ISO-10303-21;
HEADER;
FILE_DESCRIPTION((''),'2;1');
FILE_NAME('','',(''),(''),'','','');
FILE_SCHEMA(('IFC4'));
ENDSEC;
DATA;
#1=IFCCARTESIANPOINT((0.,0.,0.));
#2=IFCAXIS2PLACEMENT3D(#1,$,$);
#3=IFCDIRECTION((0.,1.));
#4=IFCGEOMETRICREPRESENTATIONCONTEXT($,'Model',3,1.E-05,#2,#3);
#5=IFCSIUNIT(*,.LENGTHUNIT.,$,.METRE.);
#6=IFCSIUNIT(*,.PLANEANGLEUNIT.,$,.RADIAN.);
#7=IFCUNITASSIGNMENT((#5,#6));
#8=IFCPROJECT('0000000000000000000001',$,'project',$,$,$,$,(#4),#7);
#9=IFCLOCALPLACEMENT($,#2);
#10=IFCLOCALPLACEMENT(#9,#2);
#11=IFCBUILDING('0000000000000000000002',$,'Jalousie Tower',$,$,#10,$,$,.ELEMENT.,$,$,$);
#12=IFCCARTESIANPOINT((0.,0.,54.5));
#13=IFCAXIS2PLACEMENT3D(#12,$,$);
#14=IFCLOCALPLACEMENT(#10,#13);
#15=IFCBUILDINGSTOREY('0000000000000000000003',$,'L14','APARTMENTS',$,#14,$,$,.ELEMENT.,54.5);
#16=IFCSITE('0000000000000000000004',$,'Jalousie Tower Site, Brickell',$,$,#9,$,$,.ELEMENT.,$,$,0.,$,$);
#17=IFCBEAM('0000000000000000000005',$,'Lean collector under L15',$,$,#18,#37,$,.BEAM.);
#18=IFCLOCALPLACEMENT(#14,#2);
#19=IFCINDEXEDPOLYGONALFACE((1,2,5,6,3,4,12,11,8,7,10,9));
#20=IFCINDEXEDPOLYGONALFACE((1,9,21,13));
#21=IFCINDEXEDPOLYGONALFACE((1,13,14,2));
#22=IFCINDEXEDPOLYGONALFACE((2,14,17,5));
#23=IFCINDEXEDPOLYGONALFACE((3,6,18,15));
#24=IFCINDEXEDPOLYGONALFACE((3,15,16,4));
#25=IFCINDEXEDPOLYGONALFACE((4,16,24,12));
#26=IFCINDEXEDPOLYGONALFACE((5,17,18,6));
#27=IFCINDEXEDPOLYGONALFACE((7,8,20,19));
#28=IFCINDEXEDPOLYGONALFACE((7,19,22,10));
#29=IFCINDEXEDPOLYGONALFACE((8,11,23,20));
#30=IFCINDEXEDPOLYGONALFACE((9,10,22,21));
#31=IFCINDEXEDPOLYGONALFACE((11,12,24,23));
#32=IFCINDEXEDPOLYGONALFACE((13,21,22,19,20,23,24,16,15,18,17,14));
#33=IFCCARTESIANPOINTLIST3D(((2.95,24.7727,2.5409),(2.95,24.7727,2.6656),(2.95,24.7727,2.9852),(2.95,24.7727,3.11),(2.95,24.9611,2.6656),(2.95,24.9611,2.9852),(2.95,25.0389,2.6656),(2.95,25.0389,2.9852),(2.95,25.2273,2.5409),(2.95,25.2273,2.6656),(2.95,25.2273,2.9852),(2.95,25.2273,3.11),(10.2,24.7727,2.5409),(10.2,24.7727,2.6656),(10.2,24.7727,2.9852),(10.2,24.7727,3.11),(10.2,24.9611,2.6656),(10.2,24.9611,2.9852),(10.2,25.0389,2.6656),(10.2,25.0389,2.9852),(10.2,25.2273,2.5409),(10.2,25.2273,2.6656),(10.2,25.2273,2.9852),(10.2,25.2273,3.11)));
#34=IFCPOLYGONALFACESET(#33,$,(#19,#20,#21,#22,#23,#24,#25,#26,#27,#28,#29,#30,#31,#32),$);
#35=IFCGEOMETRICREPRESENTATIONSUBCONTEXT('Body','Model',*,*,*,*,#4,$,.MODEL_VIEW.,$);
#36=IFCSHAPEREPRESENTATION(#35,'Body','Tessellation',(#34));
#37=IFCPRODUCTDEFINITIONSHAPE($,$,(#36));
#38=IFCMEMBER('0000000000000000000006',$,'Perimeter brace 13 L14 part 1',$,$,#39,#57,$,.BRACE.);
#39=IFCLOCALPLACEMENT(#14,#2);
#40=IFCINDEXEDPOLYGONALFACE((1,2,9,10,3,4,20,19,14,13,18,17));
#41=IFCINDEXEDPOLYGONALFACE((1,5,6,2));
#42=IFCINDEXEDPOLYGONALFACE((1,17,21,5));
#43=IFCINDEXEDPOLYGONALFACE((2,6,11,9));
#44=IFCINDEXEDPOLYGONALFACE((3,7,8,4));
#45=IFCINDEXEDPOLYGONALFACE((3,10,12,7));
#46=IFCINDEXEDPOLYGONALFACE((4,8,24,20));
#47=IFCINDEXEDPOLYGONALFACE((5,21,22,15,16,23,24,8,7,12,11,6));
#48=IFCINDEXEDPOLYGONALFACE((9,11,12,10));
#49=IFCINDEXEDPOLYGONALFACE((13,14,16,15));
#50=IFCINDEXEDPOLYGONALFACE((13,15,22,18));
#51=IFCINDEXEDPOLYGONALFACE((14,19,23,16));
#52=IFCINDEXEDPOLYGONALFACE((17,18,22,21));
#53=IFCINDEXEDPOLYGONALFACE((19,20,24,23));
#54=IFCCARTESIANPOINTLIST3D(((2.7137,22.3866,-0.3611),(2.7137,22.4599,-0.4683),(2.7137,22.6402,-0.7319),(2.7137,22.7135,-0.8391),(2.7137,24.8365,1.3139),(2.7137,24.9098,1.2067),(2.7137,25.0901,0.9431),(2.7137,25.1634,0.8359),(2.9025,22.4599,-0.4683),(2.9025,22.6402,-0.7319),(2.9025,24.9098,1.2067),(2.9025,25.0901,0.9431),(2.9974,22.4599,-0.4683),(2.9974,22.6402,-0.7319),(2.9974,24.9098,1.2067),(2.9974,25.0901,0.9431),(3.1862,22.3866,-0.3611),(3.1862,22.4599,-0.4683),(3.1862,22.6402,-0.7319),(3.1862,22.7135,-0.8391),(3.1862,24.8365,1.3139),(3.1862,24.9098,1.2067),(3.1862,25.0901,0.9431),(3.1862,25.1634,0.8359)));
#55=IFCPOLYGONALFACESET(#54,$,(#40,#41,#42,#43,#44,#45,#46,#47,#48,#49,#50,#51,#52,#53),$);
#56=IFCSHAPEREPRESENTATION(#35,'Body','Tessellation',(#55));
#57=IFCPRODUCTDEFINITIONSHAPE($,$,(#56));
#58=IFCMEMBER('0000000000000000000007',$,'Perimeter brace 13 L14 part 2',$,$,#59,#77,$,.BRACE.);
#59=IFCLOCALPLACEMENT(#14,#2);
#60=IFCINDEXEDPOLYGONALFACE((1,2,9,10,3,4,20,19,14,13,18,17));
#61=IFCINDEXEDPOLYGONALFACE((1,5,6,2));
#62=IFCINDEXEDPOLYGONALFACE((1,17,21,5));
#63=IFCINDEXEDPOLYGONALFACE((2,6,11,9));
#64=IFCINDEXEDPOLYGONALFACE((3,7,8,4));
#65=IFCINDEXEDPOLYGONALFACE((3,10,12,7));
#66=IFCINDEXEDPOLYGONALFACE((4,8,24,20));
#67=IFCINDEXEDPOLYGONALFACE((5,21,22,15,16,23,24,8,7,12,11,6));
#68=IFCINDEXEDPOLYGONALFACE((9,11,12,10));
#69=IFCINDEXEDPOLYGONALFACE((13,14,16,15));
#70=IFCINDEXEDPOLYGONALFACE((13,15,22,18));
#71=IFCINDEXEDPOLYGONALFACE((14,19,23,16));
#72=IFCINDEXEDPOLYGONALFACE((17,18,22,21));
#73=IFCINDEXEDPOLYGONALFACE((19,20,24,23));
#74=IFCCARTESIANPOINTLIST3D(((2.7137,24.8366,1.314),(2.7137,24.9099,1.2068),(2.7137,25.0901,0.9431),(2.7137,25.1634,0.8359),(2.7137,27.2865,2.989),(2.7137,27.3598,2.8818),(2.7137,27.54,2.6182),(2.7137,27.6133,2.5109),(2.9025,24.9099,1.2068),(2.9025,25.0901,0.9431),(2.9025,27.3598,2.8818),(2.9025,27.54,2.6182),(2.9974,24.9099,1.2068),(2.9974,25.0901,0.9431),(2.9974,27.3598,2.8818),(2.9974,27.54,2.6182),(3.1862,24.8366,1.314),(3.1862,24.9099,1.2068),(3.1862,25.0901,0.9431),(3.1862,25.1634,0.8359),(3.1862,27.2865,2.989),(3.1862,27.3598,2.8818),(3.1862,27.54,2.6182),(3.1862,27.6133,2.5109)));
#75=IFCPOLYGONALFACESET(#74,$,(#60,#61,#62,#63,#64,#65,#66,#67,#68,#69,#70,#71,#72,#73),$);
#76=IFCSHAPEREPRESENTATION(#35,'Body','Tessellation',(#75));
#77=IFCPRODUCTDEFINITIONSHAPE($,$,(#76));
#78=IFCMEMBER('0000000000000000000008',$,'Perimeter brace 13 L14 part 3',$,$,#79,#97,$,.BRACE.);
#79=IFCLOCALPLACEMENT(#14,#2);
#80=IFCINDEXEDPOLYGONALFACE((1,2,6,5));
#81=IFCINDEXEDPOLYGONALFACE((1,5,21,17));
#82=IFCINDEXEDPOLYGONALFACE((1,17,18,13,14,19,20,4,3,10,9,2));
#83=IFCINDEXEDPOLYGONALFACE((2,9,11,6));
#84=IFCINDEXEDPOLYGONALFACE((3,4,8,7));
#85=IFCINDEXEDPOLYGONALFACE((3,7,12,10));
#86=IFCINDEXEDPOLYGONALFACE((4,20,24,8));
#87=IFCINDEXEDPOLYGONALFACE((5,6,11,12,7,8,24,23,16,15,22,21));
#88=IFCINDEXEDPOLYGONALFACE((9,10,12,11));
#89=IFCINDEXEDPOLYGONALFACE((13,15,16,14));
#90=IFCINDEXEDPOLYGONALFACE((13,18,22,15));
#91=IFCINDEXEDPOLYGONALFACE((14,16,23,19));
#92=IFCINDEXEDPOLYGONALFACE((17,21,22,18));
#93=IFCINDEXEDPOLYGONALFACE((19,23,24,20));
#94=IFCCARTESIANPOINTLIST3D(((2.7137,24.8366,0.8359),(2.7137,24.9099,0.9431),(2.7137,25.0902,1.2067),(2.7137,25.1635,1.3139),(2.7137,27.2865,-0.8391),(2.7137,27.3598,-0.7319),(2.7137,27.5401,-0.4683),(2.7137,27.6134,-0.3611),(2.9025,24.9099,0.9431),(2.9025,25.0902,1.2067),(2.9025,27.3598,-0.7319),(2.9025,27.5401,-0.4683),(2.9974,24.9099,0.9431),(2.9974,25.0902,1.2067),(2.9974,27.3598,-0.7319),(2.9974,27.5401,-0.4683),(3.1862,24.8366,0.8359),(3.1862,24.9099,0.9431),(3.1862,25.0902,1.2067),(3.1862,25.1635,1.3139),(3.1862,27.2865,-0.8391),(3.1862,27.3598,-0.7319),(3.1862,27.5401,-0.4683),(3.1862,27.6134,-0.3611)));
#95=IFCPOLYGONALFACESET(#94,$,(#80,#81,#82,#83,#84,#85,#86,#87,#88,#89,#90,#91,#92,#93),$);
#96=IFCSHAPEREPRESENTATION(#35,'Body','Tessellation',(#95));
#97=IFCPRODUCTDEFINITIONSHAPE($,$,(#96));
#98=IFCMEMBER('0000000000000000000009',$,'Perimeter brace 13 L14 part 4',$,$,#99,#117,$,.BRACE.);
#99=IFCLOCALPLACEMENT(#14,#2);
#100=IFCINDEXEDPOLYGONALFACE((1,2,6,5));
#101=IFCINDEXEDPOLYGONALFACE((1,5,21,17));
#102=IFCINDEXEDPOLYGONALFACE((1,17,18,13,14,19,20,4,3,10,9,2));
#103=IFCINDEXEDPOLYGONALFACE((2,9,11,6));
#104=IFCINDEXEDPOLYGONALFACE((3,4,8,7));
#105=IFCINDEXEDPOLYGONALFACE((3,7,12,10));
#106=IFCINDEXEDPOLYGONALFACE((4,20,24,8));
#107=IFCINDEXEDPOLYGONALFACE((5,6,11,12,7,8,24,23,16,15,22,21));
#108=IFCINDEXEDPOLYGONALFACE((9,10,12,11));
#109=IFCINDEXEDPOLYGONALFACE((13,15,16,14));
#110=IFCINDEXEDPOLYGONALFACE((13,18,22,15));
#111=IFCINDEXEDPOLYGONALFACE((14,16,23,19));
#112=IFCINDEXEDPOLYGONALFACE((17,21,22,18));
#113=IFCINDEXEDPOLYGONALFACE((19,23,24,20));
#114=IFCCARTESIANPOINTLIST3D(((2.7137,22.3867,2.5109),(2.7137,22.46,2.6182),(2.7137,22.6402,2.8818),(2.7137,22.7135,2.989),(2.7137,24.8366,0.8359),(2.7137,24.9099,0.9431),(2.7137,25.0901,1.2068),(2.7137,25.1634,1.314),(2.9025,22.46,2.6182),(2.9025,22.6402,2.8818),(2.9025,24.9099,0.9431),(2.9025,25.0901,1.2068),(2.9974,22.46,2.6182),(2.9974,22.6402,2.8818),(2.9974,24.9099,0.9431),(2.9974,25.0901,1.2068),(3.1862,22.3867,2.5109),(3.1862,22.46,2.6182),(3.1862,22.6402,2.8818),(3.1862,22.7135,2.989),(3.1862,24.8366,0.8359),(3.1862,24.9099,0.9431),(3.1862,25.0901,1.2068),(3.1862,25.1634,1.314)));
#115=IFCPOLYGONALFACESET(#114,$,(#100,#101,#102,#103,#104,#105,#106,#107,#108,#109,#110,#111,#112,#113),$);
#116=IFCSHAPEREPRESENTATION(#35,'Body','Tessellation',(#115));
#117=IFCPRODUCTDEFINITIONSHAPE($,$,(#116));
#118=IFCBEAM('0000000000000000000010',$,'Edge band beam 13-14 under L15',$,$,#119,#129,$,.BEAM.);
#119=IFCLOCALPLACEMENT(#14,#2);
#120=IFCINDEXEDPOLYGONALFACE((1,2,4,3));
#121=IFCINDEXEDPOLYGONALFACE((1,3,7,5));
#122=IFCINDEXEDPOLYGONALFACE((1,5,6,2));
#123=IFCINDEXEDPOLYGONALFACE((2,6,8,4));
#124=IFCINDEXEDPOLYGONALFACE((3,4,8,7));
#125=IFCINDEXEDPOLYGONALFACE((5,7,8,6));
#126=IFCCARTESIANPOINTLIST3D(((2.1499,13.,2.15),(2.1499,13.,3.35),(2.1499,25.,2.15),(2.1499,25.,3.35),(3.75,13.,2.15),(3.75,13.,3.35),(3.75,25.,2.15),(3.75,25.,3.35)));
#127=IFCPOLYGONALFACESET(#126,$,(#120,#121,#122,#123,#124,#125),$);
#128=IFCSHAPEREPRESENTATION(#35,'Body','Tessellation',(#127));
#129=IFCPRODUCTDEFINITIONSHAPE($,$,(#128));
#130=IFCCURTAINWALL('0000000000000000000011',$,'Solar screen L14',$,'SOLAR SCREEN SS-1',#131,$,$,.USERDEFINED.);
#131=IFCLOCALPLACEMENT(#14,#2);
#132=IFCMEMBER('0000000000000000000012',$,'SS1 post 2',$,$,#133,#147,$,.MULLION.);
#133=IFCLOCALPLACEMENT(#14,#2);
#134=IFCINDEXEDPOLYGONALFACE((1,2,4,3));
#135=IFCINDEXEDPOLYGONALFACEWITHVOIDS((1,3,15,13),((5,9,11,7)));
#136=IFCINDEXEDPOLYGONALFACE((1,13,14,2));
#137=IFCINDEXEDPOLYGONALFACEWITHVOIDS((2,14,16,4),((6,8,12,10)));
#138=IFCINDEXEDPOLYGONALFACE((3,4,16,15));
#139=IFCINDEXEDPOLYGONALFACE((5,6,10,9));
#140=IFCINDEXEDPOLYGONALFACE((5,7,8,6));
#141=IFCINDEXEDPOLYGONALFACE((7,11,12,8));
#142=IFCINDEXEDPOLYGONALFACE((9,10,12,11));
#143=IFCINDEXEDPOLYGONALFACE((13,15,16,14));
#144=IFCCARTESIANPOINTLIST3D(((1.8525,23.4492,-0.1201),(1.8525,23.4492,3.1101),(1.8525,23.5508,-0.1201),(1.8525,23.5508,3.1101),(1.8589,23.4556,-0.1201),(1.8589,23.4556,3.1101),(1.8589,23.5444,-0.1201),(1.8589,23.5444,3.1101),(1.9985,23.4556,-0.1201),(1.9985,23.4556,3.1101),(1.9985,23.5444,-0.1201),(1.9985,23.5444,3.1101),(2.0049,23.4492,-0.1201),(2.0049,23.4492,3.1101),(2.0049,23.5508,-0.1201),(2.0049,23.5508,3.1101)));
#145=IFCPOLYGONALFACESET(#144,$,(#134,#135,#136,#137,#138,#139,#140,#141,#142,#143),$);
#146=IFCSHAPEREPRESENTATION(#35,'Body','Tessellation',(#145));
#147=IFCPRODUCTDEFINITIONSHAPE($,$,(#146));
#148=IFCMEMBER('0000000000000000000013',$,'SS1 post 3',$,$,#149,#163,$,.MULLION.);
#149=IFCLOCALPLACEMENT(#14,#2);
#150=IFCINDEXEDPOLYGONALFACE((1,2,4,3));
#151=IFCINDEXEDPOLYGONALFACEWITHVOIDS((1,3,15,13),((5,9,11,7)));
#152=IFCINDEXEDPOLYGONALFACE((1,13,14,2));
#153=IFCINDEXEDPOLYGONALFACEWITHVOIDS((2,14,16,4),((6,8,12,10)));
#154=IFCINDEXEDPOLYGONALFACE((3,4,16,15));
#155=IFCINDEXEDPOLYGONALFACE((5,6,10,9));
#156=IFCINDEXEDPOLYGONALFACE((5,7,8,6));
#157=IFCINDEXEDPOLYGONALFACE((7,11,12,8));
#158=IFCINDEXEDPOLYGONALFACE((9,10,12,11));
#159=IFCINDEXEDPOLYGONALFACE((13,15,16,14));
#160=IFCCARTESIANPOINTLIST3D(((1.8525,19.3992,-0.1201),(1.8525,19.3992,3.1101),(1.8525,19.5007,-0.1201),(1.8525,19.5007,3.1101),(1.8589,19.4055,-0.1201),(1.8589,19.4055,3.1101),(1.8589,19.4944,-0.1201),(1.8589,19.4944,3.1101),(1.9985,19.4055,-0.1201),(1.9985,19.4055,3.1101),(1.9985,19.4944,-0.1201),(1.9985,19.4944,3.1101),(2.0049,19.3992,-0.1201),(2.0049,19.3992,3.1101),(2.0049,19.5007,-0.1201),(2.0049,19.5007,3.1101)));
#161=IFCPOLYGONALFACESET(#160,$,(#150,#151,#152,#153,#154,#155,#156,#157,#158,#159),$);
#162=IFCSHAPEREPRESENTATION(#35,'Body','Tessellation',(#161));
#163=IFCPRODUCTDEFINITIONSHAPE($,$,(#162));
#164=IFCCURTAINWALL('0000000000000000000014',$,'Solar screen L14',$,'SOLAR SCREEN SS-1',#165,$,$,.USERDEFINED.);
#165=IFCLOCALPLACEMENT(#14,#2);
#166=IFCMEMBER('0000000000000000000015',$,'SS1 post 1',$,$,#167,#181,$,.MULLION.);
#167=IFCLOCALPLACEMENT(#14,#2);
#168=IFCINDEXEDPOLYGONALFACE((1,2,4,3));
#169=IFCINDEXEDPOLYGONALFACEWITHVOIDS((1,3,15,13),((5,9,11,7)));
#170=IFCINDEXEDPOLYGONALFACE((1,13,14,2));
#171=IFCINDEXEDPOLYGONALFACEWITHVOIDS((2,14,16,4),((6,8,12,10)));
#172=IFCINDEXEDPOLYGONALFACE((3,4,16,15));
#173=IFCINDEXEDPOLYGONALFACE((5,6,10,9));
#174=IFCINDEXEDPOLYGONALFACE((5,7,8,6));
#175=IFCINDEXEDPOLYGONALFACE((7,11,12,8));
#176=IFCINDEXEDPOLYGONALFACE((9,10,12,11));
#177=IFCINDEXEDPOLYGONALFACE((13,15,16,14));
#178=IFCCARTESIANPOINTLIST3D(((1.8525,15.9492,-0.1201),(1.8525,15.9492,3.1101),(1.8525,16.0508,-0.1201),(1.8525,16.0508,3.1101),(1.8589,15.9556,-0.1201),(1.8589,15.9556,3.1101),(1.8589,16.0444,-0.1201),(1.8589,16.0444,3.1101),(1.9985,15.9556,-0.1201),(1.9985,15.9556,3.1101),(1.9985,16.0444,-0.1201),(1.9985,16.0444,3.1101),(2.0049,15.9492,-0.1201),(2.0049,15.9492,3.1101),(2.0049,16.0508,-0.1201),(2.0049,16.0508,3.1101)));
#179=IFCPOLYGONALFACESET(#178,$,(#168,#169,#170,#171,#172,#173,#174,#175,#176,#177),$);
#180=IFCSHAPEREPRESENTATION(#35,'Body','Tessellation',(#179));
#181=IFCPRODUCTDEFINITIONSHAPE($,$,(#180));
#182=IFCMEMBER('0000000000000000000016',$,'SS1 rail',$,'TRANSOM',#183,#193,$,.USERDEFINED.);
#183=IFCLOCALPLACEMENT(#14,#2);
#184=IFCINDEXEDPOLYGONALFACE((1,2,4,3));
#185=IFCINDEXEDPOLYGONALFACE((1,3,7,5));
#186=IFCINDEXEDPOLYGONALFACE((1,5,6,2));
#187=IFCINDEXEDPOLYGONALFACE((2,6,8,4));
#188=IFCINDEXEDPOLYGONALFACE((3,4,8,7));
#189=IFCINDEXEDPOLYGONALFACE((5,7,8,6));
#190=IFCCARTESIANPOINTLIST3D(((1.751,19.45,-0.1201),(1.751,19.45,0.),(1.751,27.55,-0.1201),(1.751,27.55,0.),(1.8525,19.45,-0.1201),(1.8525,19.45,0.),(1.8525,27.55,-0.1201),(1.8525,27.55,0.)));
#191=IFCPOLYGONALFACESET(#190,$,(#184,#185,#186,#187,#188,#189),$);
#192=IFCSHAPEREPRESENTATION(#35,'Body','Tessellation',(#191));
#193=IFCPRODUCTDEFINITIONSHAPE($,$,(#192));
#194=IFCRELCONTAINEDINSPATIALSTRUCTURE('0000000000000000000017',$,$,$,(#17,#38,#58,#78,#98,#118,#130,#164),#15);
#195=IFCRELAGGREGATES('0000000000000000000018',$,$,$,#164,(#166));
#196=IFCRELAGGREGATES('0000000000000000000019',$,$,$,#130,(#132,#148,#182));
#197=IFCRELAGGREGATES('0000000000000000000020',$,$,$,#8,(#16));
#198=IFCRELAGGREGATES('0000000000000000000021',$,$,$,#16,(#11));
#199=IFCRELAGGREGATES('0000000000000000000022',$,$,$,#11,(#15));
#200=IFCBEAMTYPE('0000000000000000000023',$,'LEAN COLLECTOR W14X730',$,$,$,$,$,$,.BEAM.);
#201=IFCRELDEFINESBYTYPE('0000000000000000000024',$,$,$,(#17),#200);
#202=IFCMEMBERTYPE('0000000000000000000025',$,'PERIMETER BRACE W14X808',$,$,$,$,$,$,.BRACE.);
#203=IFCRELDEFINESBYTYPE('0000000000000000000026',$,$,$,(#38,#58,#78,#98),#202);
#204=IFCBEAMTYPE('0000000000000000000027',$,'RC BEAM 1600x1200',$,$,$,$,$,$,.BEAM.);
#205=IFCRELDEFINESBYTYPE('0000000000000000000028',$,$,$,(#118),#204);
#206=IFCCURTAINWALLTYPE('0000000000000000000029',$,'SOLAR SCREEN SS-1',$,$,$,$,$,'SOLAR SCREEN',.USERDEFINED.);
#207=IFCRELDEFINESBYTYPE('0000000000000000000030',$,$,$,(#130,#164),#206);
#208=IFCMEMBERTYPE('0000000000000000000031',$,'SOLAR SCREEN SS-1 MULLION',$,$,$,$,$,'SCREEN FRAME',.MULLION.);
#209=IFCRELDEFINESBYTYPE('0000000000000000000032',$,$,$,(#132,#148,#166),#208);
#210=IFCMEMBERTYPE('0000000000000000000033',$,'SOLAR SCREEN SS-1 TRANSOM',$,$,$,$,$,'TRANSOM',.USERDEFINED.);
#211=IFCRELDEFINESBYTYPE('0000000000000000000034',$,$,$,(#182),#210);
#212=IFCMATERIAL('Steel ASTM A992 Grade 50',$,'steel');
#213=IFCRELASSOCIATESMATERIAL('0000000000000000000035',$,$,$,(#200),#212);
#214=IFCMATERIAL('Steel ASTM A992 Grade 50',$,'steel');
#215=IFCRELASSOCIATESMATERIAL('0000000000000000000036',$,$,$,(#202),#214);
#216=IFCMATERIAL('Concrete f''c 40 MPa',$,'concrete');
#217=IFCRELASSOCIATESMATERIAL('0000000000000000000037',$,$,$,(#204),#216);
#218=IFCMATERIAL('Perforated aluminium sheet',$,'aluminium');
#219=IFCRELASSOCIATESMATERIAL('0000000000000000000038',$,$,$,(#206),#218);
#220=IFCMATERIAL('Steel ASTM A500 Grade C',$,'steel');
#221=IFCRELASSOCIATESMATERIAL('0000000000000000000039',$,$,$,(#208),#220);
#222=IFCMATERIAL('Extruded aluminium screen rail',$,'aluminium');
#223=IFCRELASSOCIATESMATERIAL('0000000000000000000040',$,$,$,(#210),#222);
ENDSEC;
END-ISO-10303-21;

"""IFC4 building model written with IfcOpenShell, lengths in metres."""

from ifc_helpers import new_model, si_unit, direction, frame, origin, origin_2d, place, context, subcontext, project, spatial, rectangle, hollow_rectangle, i_section, extrude, material, material_profile, profile_set, type_object, element, aggregate, save


model = new_model("IFC4")

# Units and contexts
model_context = context("Model", 3, precision=1e-05, world=origin(), true_north=direction((0.0, 1.0)))
body_context = subcontext(model_context, "Body", "Model", "MODEL_VIEW")
ifc_project = project(units=[si_unit("LENGTHUNIT", "METRE"), si_unit("PLANEANGLEUNIT", "RADIAN")], contexts=[model_context])

# Site, building, storey
site_placement = place(None, origin())
site = spatial("IfcSite", under=ifc_project, at=site_placement, Name="Jalousie Tower Site, Brickell", CompositionType="ELEMENT", RefElevation=0.0)
building_placement = place(site_placement, origin())
building = spatial("IfcBuilding", under=site, at=building_placement, Name="Jalousie Tower", CompositionType="ELEMENT")
storey_placement = place(building_placement, frame((0.0, 0.0, 54.5)))
storey = spatial("IfcBuildingStorey", under=building, at=storey_placement, Name="L14", Description="APARTMENTS", CompositionType="ELEMENT", Elevation=54.5)

# Beam
ifc_material_1 = material(Name="Steel ASTM A992 Grade 50", Category="steel")
ifc_material_profile_1 = material_profile(ifc_material_1, i_section(OverallWidth=0.4546, OverallDepth=0.5691, WebThickness=0.0779, FlangeThickness=0.1248, at=origin_2d()), Name="W14X730")
ifc_profile_set_1 = profile_set([ifc_material_profile_1], Name="Steel ASTM A992 Grade 50")
beam_type_1 = type_object("IfcBeamType", Name="LEAN COLLECTOR W14X730", PredefinedType="BEAM", material=ifc_profile_set_1)
beam_1_placement = place(storey_placement, frame((2.95, 25.0, 2.8254), z_axis=(1.0, 0.0, 0.0), x_axis=(0.0, 1.0, 0.0)))
element("IfcBeam", 1, at=beam_1_placement, inside=storey, type_object=beam_type_1, Name="Lean collector under L15", PredefinedType="BEAM", context=body_context, shape_type="SweptSolid", body=[
    extrude(i_section(OverallWidth=0.4546, OverallDepth=0.5691, WebThickness=0.0779, FlangeThickness=0.1248, at=origin_2d()), origin(), (0.0, 0.0, 1.0), 7.25),
])

# Members
ifc_material_2 = material(Name="Steel ASTM A992 Grade 50", Category="steel")
ifc_material_profile_2 = material_profile(ifc_material_2, i_section(OverallWidth=0.4724, OverallDepth=0.5791, WebThickness=0.095, FlangeThickness=0.1299, at=origin_2d()), Name="W14X808")
ifc_profile_set_2 = profile_set([ifc_material_profile_2], Name="Steel ASTM A992 Grade 50")
member_type_1 = type_object("IfcMemberType", Name="PERIMETER BRACE W14X808", PredefinedType="BRACE", material=ifc_profile_set_2)
for number, where, z_axis, x_axis, name in (
    (2, (2.95, 22.55, -0.6001), (0.0, 0.825501, 0.564401), (-1.0, 0.0, 0.0), "Perimeter brace 13 L14 part 1"),
    (3, (2.95, 25.0, 1.075), (0.0, 0.825501, 0.564401), (-1.0, 0.0, 0.0), "Perimeter brace 13 L14 part 2"),
    (4, (2.95, 27.45, -0.6001), (0.0, -0.825501, 0.564401), (1.0, 0.0, 0.0), "Perimeter brace 13 L14 part 3"),
    (5, (2.95, 25.0, 1.075), (0.0, -0.825501, 0.564401), (1.0, 0.0, 0.0), "Perimeter brace 13 L14 part 4"),
):
    element("IfcMember", number, at=place(storey_placement, frame(where, z_axis=z_axis, x_axis=x_axis)), inside=storey, type_object=member_type_1, Name=name, PredefinedType="BRACE", context=body_context, shape_type="SweptSolid", body=[
        extrude(i_section(OverallWidth=0.4724, OverallDepth=0.5791, WebThickness=0.095, FlangeThickness=0.1299, at=origin_2d()), origin(), (0.0, 0.0, 1.0), 2.9678),
    ])

# Beam
ifc_material_3 = material(Name="Concrete f'c 40 MPa", Category="concrete")
ifc_material_profile_3 = material_profile(ifc_material_3, rectangle(XDim=1.6001, YDim=1.2, at=origin_2d()), Name="RC 1600x1200")
ifc_profile_set_3 = profile_set([ifc_material_profile_3], Name="Concrete f'c 40 MPa")
beam_type_2 = type_object("IfcBeamType", Name="RC BEAM 1600x1200", PredefinedType="BEAM", material=ifc_profile_set_3)
beam_2_placement = place(storey_placement, frame((2.95, 25.0, 2.75), z_axis=(0.0, -1.0, 0.0), x_axis=(1.0, 0.0, 0.0)))
element("IfcBeam", 6, at=beam_2_placement, inside=storey, type_object=beam_type_2, Name="Edge band beam 13-14 under L15", PredefinedType="BEAM", context=body_context, shape_type="SweptSolid", body=[
    extrude(rectangle(XDim=1.6001, YDim=1.2, at=origin_2d()), origin(), (0.0, 0.0, 1.0), 12.0),
])

# Curtain wall, members
ifc_material_4 = material(Name="Perforated aluminium sheet", Category="aluminium")
curtain_wall_type = type_object("IfcCurtainWallType", Name="SOLAR SCREEN SS-1", ElementType="SOLAR SCREEN", PredefinedType="USERDEFINED", material=ifc_material_4)
curtain_wall_1_placement = place(storey_placement, origin())
curtain_wall_1 = element("IfcCurtainWall", 7, at=curtain_wall_1_placement, inside=storey, type_object=curtain_wall_type, Name="Solar screen L14", ObjectType="SOLAR SCREEN SS-1", PredefinedType="USERDEFINED")
ifc_material_5 = material(Name="Steel ASTM A500 Grade C", Category="steel")
ifc_material_profile_4 = material_profile(ifc_material_5, hollow_rectangle(XDim=0.1016, YDim=0.1523, WallThickness=0.0063, at=origin_2d()), Name="HSS6X4X1/4")
ifc_profile_set_4 = profile_set([ifc_material_profile_4], Name="Steel ASTM A500 Grade C")
member_type_2 = type_object("IfcMemberType", Name="SOLAR SCREEN SS-1 MULLION", ElementType="SCREEN FRAME", PredefinedType="MULLION", material=ifc_profile_set_4)
member_1_placement = place(storey_placement, frame((1.9287, 23.5, -0.1201), z_axis=(0.0, 0.0, 1.0), x_axis=(0.0, -1.0, 0.0)))
member_1 = element("IfcMember", 8, at=member_1_placement, type_object=member_type_2, Name="SS1 post 2", PredefinedType="MULLION", context=body_context, shape_type="SweptSolid", body=[
    extrude(hollow_rectangle(XDim=0.1016, YDim=0.1523, WallThickness=0.0063, at=origin_2d()), origin(), (0.0, 0.0, 1.0), 3.2302),
])
member_2_placement = place(storey_placement, frame((1.9287, 19.45, -0.1201), z_axis=(0.0, 0.0, 1.0), x_axis=(0.0, -1.0, 0.0)))
member_2 = element("IfcMember", 9, at=member_2_placement, type_object=member_type_2, Name="SS1 post 3", PredefinedType="MULLION", context=body_context, shape_type="SweptSolid", body=[
    extrude(hollow_rectangle(XDim=0.1016, YDim=0.1523, WallThickness=0.0063, at=origin_2d()), origin(), (0.0, 0.0, 1.0), 3.2302),
])

# Curtain wall, member
curtain_wall_2_placement = place(storey_placement, origin())
curtain_wall_2 = element("IfcCurtainWall", 10, at=curtain_wall_2_placement, inside=storey, type_object=curtain_wall_type, Name="Solar screen L14", ObjectType="SOLAR SCREEN SS-1", PredefinedType="USERDEFINED")
member_3_placement = place(storey_placement, frame((1.9287, 16.0, -0.1201), z_axis=(0.0, 0.0, 1.0), x_axis=(0.0, -1.0, 0.0)))
member_3 = element("IfcMember", 11, at=member_3_placement, type_object=member_type_2, Name="SS1 post 1", PredefinedType="MULLION", context=body_context, shape_type="SweptSolid", body=[
    extrude(hollow_rectangle(XDim=0.1016, YDim=0.1523, WallThickness=0.0063, at=origin_2d()), origin(), (0.0, 0.0, 1.0), 3.2302),
])

# Member
ifc_material_6 = material(Name="Extruded aluminium screen rail", Category="aluminium")
ifc_material_profile_5 = material_profile(ifc_material_6, rectangle(XDim=0.1016, YDim=0.1201, at=origin_2d()), Name="RAIL 102x120")
ifc_profile_set_5 = profile_set([ifc_material_profile_5], Name="Extruded aluminium screen rail")
member_type_3 = type_object("IfcMemberType", Name="SOLAR SCREEN SS-1 TRANSOM", ElementType="TRANSOM", PredefinedType="USERDEFINED", material=ifc_profile_set_5)
member_4_placement = place(storey_placement, frame((1.8018, 27.55, -0.0601), z_axis=(0.0, -1.0, 0.0), x_axis=(1.0, 0.0, 0.0)))
member_4 = element("IfcMember", 12, at=member_4_placement, type_object=member_type_3, Name="SS1 rail", ObjectType="TRANSOM", PredefinedType="USERDEFINED", context=body_context, shape_type="SweptSolid", body=[
    extrude(rectangle(XDim=0.1016, YDim=0.1201, at=origin_2d()), origin(), (0.0, 0.0, 1.0), 8.1001),
])
aggregate(curtain_wall_2, [member_3])

aggregate(curtain_wall_1, [member_1, member_2, member_4])

save(model, "model.ifc")
